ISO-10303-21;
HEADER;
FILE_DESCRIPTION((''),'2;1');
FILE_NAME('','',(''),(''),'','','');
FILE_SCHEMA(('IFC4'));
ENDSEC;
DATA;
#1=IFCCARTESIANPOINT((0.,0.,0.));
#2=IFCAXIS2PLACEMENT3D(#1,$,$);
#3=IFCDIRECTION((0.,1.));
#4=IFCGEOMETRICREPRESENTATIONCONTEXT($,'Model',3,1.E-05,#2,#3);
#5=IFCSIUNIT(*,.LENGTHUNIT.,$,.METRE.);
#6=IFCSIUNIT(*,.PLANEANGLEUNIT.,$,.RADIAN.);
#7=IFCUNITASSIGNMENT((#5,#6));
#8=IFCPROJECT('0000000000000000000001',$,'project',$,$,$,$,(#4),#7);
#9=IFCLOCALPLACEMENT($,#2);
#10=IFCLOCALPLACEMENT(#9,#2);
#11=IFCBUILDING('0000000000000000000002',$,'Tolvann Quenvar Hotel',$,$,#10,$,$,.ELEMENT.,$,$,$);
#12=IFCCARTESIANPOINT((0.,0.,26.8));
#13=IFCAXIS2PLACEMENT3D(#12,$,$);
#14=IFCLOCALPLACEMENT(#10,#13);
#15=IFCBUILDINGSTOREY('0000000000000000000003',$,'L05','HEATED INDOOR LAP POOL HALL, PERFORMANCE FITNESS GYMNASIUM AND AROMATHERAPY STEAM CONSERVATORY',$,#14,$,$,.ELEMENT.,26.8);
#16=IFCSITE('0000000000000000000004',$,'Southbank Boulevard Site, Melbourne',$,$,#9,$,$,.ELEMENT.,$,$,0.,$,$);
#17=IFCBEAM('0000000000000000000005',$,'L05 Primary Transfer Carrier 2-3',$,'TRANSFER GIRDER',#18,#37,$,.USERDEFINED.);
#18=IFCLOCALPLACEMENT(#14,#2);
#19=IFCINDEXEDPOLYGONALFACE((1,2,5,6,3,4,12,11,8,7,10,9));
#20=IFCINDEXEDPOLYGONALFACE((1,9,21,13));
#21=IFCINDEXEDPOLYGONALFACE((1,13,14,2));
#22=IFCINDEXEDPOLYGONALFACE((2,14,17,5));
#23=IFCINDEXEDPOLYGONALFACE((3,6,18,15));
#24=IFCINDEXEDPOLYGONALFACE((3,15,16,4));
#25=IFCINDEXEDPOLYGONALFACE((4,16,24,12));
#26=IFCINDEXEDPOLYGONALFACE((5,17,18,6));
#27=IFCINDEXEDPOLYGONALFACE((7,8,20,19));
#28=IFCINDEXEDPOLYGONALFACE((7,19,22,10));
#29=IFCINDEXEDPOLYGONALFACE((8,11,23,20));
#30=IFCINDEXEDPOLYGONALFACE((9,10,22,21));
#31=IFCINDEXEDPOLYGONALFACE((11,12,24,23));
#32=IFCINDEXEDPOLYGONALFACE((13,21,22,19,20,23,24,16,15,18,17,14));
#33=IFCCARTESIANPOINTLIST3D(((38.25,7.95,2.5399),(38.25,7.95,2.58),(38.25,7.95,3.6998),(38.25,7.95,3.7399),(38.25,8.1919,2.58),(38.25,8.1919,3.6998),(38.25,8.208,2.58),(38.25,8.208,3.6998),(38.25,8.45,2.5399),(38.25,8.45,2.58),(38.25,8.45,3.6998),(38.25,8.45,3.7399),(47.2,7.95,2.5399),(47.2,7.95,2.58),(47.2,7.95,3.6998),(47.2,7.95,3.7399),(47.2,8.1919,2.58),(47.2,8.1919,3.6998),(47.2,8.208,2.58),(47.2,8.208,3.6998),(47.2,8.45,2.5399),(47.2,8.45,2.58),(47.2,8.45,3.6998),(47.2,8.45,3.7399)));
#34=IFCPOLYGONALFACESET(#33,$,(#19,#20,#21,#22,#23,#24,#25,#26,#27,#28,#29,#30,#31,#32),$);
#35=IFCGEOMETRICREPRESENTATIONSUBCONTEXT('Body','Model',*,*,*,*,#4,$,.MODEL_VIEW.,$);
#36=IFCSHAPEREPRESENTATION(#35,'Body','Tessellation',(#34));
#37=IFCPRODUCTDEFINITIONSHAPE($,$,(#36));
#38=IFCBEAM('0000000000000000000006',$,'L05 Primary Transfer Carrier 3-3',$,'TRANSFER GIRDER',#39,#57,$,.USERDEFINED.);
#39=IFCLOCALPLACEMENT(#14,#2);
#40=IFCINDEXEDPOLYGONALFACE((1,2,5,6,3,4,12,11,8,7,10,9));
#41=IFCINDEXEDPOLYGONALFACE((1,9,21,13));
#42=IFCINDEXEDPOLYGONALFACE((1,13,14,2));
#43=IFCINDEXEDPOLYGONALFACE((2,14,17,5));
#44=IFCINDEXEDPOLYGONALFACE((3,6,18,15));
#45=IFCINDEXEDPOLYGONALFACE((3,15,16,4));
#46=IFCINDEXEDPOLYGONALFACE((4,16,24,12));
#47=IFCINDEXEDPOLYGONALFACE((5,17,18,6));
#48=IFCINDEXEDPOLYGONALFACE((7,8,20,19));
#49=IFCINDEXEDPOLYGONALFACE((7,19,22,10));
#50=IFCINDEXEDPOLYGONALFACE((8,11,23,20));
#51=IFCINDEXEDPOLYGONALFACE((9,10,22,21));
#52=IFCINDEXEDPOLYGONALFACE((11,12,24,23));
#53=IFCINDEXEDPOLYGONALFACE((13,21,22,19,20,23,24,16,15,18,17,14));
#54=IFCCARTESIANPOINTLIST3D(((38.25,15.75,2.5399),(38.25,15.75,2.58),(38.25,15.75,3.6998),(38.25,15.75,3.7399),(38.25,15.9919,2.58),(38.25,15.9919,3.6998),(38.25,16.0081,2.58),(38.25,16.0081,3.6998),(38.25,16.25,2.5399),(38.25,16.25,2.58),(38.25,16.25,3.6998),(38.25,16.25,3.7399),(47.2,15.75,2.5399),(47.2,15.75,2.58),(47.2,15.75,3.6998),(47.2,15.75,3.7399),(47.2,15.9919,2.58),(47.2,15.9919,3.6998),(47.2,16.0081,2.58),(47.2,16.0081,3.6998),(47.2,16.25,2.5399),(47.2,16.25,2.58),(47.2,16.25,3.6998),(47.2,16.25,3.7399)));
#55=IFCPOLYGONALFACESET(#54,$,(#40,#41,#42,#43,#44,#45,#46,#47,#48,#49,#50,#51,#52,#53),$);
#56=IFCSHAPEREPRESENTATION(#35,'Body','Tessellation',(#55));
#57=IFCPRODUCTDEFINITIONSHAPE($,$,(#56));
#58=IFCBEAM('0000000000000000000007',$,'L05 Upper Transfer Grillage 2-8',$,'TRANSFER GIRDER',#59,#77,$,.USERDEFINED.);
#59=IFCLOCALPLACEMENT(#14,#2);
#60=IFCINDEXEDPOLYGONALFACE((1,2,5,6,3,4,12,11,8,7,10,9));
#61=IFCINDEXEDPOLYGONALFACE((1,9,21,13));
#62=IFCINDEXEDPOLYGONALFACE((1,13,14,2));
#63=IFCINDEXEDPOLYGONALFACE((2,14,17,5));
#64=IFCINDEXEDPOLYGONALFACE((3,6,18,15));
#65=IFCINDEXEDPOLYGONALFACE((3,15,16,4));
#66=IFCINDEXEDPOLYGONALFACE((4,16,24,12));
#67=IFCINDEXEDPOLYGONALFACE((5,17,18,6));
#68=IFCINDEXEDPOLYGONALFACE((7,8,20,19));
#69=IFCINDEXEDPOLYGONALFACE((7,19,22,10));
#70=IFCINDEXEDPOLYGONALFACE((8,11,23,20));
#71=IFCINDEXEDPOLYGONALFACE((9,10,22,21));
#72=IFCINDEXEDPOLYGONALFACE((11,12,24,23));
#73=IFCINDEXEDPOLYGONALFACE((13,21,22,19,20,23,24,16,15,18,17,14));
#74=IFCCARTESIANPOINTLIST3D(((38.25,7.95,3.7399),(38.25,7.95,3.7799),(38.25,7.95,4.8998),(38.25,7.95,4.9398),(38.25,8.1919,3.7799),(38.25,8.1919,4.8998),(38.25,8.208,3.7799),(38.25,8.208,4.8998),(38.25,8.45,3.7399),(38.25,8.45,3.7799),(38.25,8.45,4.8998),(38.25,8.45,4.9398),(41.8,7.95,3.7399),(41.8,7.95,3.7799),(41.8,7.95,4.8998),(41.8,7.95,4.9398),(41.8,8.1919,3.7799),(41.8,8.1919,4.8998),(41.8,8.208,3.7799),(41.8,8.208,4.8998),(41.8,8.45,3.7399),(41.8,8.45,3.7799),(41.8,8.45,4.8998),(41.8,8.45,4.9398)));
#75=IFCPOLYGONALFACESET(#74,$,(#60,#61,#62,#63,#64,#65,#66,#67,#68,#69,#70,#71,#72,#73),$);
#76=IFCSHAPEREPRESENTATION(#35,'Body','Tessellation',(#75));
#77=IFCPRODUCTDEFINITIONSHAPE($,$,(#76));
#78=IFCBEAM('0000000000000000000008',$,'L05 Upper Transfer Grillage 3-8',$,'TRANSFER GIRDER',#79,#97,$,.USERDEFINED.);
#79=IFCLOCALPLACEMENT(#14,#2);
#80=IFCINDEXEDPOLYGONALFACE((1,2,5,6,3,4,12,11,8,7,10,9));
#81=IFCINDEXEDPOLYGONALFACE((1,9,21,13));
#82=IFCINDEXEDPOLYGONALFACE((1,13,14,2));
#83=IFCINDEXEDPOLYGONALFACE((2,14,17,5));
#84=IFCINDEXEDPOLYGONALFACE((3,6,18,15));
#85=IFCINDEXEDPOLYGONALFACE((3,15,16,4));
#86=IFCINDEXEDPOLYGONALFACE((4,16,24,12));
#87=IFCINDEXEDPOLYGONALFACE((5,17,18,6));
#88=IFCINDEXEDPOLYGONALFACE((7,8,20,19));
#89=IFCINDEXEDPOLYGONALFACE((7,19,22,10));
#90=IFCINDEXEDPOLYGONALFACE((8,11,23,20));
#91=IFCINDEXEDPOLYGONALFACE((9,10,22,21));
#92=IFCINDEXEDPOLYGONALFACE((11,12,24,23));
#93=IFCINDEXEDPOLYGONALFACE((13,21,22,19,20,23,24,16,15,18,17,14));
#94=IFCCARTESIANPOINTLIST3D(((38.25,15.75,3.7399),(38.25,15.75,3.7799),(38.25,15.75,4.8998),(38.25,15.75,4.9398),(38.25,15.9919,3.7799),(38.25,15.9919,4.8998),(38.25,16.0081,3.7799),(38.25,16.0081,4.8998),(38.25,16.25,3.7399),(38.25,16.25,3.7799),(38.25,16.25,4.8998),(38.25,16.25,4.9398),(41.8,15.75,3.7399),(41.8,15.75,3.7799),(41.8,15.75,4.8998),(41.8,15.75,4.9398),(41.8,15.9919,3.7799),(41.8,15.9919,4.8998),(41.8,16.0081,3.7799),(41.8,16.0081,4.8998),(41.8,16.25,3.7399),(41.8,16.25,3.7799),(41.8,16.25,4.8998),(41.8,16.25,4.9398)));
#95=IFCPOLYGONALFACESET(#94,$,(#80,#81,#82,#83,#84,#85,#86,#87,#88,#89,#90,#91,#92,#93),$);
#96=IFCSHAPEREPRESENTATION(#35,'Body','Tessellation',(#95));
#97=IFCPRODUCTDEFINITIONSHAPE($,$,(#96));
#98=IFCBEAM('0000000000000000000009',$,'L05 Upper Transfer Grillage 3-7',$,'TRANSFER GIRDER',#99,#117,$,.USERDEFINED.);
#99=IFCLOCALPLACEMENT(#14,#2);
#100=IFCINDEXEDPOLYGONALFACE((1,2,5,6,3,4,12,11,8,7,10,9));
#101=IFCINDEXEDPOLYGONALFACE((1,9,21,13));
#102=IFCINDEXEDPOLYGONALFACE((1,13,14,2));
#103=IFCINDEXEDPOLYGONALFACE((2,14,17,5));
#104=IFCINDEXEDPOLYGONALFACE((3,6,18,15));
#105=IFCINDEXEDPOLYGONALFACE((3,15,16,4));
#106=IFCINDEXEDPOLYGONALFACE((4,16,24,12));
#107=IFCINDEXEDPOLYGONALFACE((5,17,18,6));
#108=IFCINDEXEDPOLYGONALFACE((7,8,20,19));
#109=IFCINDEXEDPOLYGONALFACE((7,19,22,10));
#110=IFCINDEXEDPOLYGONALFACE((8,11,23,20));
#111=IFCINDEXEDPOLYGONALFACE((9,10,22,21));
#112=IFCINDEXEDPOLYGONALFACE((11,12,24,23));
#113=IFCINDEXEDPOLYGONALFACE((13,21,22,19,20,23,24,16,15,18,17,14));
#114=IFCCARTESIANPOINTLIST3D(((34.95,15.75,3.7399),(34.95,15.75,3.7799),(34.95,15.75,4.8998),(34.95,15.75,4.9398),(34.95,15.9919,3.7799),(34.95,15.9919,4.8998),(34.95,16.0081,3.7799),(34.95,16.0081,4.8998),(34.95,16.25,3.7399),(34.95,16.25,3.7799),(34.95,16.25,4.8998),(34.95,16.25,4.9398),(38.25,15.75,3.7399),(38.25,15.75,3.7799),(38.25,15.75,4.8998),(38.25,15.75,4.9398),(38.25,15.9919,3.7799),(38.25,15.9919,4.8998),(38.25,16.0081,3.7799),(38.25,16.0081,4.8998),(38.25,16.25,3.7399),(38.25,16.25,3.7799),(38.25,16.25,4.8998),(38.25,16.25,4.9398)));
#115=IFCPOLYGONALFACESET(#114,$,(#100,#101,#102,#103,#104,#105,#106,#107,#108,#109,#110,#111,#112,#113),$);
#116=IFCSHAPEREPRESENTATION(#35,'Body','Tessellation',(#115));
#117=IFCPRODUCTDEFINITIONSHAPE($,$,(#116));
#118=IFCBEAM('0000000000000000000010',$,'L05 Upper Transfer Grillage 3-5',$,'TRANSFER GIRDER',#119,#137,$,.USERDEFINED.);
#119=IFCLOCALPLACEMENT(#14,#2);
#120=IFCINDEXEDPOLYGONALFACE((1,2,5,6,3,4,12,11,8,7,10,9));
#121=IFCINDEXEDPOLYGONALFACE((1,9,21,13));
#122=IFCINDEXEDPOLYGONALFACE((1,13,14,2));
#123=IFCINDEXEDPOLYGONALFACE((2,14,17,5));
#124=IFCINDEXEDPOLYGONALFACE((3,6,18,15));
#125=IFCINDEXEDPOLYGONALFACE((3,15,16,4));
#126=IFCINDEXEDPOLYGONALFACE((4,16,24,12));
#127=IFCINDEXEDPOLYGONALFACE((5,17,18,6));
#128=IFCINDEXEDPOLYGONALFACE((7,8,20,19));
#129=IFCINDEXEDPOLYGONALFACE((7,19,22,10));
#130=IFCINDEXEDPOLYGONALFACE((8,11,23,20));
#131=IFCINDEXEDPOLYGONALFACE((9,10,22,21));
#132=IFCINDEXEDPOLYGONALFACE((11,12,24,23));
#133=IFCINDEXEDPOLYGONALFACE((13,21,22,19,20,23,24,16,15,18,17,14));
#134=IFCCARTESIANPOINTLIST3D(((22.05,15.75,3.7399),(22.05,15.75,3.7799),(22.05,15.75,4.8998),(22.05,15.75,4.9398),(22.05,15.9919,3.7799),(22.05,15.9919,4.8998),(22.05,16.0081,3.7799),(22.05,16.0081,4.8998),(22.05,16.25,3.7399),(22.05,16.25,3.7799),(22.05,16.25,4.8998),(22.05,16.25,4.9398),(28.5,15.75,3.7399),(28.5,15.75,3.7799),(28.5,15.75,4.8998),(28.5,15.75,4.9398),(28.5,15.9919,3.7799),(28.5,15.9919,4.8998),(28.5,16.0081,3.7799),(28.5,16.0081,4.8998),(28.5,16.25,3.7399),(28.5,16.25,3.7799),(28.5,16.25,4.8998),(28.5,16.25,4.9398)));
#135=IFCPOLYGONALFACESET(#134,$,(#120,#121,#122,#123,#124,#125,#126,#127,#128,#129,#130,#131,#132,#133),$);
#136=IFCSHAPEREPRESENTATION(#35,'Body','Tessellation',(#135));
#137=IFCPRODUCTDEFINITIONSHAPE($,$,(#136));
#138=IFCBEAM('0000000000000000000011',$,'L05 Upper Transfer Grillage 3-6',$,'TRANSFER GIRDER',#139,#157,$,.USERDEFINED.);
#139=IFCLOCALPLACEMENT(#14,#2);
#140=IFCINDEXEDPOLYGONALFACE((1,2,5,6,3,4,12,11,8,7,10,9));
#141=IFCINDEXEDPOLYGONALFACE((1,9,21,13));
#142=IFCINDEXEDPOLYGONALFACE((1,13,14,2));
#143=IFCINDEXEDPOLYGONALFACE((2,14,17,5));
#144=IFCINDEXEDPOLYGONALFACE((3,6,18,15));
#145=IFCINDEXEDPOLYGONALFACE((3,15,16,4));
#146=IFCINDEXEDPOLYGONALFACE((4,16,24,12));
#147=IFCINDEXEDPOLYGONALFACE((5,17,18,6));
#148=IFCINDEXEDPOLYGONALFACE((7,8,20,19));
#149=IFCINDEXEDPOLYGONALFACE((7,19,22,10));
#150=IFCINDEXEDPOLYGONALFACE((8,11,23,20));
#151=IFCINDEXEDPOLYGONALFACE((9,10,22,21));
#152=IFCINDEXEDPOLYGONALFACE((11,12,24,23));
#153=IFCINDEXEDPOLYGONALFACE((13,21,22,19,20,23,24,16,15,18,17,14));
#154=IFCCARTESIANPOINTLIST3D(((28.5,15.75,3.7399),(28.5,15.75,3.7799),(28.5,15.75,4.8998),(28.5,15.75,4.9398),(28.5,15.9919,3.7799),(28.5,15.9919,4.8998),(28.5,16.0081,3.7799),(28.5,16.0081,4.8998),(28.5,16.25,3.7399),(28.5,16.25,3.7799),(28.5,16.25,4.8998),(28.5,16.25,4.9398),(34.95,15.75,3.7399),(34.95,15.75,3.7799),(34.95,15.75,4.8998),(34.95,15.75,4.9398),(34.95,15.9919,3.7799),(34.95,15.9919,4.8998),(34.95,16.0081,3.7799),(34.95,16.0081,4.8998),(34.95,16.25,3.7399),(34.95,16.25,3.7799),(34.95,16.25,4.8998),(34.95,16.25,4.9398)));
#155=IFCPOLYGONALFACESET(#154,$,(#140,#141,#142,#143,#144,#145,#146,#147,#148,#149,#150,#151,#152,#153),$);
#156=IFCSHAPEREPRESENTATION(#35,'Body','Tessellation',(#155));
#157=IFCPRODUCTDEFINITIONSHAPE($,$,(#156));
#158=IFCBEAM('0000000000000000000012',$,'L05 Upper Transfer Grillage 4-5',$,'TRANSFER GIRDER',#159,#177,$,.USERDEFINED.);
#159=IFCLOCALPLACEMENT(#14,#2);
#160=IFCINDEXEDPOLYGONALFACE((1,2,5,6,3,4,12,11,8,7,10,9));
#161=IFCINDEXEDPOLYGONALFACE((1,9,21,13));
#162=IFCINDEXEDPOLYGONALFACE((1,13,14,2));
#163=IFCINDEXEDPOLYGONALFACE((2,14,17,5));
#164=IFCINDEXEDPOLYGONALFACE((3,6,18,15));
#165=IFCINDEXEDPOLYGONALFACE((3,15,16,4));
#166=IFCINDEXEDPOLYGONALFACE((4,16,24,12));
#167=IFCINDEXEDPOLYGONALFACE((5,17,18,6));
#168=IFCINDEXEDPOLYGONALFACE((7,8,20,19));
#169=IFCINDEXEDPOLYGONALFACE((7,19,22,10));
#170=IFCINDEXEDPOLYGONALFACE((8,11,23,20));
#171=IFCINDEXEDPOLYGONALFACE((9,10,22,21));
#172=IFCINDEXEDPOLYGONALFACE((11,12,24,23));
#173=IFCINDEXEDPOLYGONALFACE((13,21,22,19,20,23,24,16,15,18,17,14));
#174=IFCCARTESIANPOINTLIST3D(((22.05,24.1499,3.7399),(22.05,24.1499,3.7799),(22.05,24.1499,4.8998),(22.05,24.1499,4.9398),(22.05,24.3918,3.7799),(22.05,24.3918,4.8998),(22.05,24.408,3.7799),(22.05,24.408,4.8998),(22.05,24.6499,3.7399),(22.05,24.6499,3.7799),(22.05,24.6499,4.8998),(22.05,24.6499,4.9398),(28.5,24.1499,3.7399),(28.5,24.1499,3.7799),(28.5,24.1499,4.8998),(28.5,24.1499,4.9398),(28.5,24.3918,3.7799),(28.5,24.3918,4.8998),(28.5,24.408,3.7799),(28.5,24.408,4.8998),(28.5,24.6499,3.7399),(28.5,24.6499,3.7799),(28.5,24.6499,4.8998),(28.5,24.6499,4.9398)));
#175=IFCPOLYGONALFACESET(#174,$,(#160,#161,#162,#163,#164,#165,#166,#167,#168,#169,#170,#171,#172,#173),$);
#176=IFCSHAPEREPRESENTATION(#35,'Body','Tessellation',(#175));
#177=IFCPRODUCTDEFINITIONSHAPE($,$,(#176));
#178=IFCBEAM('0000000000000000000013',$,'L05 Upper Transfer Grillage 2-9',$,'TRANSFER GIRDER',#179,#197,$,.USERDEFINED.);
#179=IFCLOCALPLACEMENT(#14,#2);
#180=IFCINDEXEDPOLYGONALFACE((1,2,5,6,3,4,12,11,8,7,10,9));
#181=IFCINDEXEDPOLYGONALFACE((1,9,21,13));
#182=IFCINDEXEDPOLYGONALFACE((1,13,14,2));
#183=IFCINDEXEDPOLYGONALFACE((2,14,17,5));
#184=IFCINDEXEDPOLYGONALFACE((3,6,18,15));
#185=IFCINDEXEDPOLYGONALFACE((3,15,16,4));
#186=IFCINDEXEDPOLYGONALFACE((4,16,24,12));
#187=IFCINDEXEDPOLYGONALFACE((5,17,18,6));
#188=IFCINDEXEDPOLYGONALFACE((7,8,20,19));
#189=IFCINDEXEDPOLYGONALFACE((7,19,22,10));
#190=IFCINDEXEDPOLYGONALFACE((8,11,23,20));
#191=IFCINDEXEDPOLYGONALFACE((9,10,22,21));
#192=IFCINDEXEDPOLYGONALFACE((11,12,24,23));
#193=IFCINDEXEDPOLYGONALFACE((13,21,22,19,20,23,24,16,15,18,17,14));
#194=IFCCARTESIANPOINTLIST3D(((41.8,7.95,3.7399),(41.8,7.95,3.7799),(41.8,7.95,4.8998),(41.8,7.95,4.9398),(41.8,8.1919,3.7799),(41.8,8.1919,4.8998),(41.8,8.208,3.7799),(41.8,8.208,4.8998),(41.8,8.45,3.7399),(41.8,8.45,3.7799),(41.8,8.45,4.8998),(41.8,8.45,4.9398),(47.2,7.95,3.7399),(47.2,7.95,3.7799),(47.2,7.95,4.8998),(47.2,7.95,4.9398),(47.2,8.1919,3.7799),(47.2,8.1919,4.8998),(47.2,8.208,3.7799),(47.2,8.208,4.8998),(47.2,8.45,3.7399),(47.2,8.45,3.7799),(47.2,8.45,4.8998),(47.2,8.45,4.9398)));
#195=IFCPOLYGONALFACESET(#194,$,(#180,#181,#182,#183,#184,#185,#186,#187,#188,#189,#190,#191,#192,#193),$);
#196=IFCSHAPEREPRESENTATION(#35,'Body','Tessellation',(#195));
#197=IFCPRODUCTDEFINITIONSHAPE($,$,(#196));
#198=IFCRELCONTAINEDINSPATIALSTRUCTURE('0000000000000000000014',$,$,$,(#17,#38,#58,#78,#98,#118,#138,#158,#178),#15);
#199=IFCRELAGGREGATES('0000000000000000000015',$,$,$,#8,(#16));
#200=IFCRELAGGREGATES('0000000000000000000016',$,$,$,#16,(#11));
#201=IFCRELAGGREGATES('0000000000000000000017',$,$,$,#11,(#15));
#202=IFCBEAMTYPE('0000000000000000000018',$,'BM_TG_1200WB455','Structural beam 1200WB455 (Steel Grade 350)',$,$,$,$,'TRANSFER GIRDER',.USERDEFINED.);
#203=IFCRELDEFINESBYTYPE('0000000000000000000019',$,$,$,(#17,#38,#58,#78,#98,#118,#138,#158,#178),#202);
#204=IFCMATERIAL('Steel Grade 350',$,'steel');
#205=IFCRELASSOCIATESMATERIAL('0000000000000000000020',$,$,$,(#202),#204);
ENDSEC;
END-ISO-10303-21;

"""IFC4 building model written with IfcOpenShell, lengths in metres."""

from ifc_helpers import new_model, si_unit, direction, frame, origin, origin_2d, place, context, subcontext, project, spatial, i_section, extrude, source, transform, mapped, material, material_profile, profile_set, type_object, element, save


model = new_model("IFC4")

# Units and contexts
model_context = context("Model", 3, precision=1e-05, world=origin(), true_north=direction((0.0, 1.0)))
body_context = subcontext(model_context, "Body", "Model", "MODEL_VIEW")
ifc_project = project(units=[si_unit("LENGTHUNIT", "METRE"), si_unit("PLANEANGLEUNIT", "RADIAN")], contexts=[model_context])

# Site, building, storey
site_placement = place(None, origin())
site = spatial("IfcSite", under=ifc_project, at=site_placement, Name="Southbank Boulevard Site, Melbourne", CompositionType="ELEMENT", RefElevation=0.0)
building_placement = place(site_placement, origin())
building = spatial("IfcBuilding", under=site, at=building_placement, Name="Tolvann Quenvar Hotel", CompositionType="ELEMENT")
storey_placement = place(building_placement, frame((0.0, 0.0, 26.8)))
storey = spatial("IfcBuildingStorey", under=building, at=storey_placement, Name="L05", Description="HEATED INDOOR LAP POOL HALL, PERFORMANCE FITNESS GYMNASIUM AND AROMATHERAPY STEAM CONSERVATORY", CompositionType="ELEMENT", Elevation=26.8)

# Shared definitions
ifc_material_1 = material(Name="Steel Grade 350", Category="steel")

# Beams
ifc_material_profile_1 = material_profile(ifc_material_1, i_section(OverallWidth=0.5, OverallDepth=1.2, WebThickness=0.0161, FlangeThickness=0.04, at=origin_2d()), Name="1200WB455")
ifc_profile_set_1 = profile_set([ifc_material_profile_1], Name="Steel Grade 350")
beam_type_1 = type_object("IfcBeamType", Name="BM_TG_1200WB455", Description="Structural beam 1200WB455 (Steel Grade 350)", ElementType="TRANSFER GIRDER", PredefinedType="USERDEFINED", material=ifc_profile_set_1)
shared_shape_1 = source(origin(), body_context, "Body", "SweptSolid", [
    extrude(i_section(OverallWidth=0.5, OverallDepth=1.2, WebThickness=0.0161, FlangeThickness=0.04, at=origin_2d()), origin(), (0.0, 0.0, 1.0), 8.95),
])
for number, where, z_axis, x_axis, name in (
    (1, (38.25, 8.2, 3.1399), (1.0, 0.0, 0.0), (0.0, 1.0, 0.0), "L05 Primary Transfer Carrier 2-3"),
    (2, (38.25, 16.0, 3.1399), (1.0, 0.0, 0.0), (0.0, 1.0, 0.0), "L05 Primary Transfer Carrier 3-3"),
):
    element("IfcBeam", number, at=place(storey_placement, frame(where, z_axis=z_axis, x_axis=x_axis)), inside=storey, type_object=beam_type_1, Name=name, ObjectType="TRANSFER GIRDER", PredefinedType="USERDEFINED", context=body_context, shape_type="MappedRepresentation", body=[
        mapped(shared_shape_1, transform((0.0, 0.0, 0.0), x_axis=(1.0, 0.0, 0.0), y_axis=(0.0, 1.0, 0.0), z_axis=(0.0, 0.0, 1.0), scale=1.0)),
    ])
shared_shape_2 = source(origin(), body_context, "Body", "SweptSolid", [
    extrude(i_section(OverallWidth=0.5, OverallDepth=1.2, WebThickness=0.0161, FlangeThickness=0.04, at=origin_2d()), origin(), (0.0, 0.0, 1.0), 3.55),
])
for number, where, z_axis, x_axis, name in (
    (3, (38.25, 8.2, 4.3398), (1.0, 0.0, 0.0), (0.0, 1.0, 0.0), "L05 Upper Transfer Grillage 2-8"),
    (4, (38.25, 16.0, 4.3398), (1.0, 0.0, 0.0), (0.0, 1.0, 0.0), "L05 Upper Transfer Grillage 3-8"),
):
    element("IfcBeam", number, at=place(storey_placement, frame(where, z_axis=z_axis, x_axis=x_axis)), inside=storey, type_object=beam_type_1, Name=name, ObjectType="TRANSFER GIRDER", PredefinedType="USERDEFINED", context=body_context, shape_type="MappedRepresentation", body=[
        mapped(shared_shape_2, transform((0.0, 0.0, 0.0), x_axis=(1.0, 0.0, 0.0), y_axis=(0.0, 1.0, 0.0), z_axis=(0.0, 0.0, 1.0), scale=1.0)),
    ])
shared_shape_3 = source(origin(), body_context, "Body", "SweptSolid", [
    extrude(i_section(OverallWidth=0.5, OverallDepth=1.2, WebThickness=0.0161, FlangeThickness=0.04, at=origin_2d()), origin(), (0.0, 0.0, 1.0), 3.3),
])
beam_1_placement = place(storey_placement, frame((34.95, 16.0, 4.3398), z_axis=(1.0, 0.0, 0.0), x_axis=(0.0, 1.0, 0.0)))
element("IfcBeam", 5, at=beam_1_placement, inside=storey, type_object=beam_type_1, Name="L05 Upper Transfer Grillage 3-7", ObjectType="TRANSFER GIRDER", PredefinedType="USERDEFINED", context=body_context, shape_type="MappedRepresentation", body=[
    mapped(shared_shape_3, transform((0.0, 0.0, 0.0), x_axis=(1.0, 0.0, 0.0), y_axis=(0.0, 1.0, 0.0), z_axis=(0.0, 0.0, 1.0), scale=1.0)),
])
shared_shape_4 = source(origin(), body_context, "Body", "SweptSolid", [
    extrude(i_section(OverallWidth=0.5, OverallDepth=1.2, WebThickness=0.0161, FlangeThickness=0.04, at=origin_2d()), origin(), (0.0, 0.0, 1.0), 6.45),
])
for number, where, z_axis, x_axis, name in (
    (6, (22.05, 16.0, 4.3398), (1.0, 0.0, 0.0), (0.0, 1.0, 0.0), "L05 Upper Transfer Grillage 3-5"),
    (7, (28.5, 16.0, 4.3398), (1.0, 0.0, 0.0), (0.0, 1.0, 0.0), "L05 Upper Transfer Grillage 3-6"),
    (8, (22.05, 24.3999, 4.3398), (1.0, 0.0, 0.0), (0.0, 1.0, 0.0), "L05 Upper Transfer Grillage 4-5"),
):
    element("IfcBeam", number, at=place(storey_placement, frame(where, z_axis=z_axis, x_axis=x_axis)), inside=storey, type_object=beam_type_1, Name=name, ObjectType="TRANSFER GIRDER", PredefinedType="USERDEFINED", context=body_context, shape_type="MappedRepresentation", body=[
        mapped(shared_shape_4, transform((0.0, 0.0, 0.0), x_axis=(1.0, 0.0, 0.0), y_axis=(0.0, 1.0, 0.0), z_axis=(0.0, 0.0, 1.0), scale=1.0)),
    ])
shared_shape_5 = source(origin(), body_context, "Body", "SweptSolid", [
    extrude(i_section(OverallWidth=0.5, OverallDepth=1.2, WebThickness=0.0161, FlangeThickness=0.04, at=origin_2d()), origin(), (0.0, 0.0, 1.0), 5.3999),
])
for number, where, z_axis, x_axis, name in (
    (9, (41.8, 8.2, 4.3398), (1.0, 0.0, 0.0), (0.0, 1.0, 0.0), "L05 Upper Transfer Grillage 2-9"),
):
    element("IfcBeam", number, at=place(storey_placement, frame(where, z_axis=z_axis, x_axis=x_axis)), inside=storey, type_object=beam_type_1, Name=name, ObjectType="TRANSFER GIRDER", PredefinedType="USERDEFINED", context=body_context, shape_type="MappedRepresentation", body=[
        mapped(shared_shape_5, transform((0.0, 0.0, 0.0), x_axis=(1.0, 0.0, 0.0), y_axis=(0.0, 1.0, 0.0), z_axis=(0.0, 0.0, 1.0), scale=1.0)),
    ])

save(model, "model.ifc")
